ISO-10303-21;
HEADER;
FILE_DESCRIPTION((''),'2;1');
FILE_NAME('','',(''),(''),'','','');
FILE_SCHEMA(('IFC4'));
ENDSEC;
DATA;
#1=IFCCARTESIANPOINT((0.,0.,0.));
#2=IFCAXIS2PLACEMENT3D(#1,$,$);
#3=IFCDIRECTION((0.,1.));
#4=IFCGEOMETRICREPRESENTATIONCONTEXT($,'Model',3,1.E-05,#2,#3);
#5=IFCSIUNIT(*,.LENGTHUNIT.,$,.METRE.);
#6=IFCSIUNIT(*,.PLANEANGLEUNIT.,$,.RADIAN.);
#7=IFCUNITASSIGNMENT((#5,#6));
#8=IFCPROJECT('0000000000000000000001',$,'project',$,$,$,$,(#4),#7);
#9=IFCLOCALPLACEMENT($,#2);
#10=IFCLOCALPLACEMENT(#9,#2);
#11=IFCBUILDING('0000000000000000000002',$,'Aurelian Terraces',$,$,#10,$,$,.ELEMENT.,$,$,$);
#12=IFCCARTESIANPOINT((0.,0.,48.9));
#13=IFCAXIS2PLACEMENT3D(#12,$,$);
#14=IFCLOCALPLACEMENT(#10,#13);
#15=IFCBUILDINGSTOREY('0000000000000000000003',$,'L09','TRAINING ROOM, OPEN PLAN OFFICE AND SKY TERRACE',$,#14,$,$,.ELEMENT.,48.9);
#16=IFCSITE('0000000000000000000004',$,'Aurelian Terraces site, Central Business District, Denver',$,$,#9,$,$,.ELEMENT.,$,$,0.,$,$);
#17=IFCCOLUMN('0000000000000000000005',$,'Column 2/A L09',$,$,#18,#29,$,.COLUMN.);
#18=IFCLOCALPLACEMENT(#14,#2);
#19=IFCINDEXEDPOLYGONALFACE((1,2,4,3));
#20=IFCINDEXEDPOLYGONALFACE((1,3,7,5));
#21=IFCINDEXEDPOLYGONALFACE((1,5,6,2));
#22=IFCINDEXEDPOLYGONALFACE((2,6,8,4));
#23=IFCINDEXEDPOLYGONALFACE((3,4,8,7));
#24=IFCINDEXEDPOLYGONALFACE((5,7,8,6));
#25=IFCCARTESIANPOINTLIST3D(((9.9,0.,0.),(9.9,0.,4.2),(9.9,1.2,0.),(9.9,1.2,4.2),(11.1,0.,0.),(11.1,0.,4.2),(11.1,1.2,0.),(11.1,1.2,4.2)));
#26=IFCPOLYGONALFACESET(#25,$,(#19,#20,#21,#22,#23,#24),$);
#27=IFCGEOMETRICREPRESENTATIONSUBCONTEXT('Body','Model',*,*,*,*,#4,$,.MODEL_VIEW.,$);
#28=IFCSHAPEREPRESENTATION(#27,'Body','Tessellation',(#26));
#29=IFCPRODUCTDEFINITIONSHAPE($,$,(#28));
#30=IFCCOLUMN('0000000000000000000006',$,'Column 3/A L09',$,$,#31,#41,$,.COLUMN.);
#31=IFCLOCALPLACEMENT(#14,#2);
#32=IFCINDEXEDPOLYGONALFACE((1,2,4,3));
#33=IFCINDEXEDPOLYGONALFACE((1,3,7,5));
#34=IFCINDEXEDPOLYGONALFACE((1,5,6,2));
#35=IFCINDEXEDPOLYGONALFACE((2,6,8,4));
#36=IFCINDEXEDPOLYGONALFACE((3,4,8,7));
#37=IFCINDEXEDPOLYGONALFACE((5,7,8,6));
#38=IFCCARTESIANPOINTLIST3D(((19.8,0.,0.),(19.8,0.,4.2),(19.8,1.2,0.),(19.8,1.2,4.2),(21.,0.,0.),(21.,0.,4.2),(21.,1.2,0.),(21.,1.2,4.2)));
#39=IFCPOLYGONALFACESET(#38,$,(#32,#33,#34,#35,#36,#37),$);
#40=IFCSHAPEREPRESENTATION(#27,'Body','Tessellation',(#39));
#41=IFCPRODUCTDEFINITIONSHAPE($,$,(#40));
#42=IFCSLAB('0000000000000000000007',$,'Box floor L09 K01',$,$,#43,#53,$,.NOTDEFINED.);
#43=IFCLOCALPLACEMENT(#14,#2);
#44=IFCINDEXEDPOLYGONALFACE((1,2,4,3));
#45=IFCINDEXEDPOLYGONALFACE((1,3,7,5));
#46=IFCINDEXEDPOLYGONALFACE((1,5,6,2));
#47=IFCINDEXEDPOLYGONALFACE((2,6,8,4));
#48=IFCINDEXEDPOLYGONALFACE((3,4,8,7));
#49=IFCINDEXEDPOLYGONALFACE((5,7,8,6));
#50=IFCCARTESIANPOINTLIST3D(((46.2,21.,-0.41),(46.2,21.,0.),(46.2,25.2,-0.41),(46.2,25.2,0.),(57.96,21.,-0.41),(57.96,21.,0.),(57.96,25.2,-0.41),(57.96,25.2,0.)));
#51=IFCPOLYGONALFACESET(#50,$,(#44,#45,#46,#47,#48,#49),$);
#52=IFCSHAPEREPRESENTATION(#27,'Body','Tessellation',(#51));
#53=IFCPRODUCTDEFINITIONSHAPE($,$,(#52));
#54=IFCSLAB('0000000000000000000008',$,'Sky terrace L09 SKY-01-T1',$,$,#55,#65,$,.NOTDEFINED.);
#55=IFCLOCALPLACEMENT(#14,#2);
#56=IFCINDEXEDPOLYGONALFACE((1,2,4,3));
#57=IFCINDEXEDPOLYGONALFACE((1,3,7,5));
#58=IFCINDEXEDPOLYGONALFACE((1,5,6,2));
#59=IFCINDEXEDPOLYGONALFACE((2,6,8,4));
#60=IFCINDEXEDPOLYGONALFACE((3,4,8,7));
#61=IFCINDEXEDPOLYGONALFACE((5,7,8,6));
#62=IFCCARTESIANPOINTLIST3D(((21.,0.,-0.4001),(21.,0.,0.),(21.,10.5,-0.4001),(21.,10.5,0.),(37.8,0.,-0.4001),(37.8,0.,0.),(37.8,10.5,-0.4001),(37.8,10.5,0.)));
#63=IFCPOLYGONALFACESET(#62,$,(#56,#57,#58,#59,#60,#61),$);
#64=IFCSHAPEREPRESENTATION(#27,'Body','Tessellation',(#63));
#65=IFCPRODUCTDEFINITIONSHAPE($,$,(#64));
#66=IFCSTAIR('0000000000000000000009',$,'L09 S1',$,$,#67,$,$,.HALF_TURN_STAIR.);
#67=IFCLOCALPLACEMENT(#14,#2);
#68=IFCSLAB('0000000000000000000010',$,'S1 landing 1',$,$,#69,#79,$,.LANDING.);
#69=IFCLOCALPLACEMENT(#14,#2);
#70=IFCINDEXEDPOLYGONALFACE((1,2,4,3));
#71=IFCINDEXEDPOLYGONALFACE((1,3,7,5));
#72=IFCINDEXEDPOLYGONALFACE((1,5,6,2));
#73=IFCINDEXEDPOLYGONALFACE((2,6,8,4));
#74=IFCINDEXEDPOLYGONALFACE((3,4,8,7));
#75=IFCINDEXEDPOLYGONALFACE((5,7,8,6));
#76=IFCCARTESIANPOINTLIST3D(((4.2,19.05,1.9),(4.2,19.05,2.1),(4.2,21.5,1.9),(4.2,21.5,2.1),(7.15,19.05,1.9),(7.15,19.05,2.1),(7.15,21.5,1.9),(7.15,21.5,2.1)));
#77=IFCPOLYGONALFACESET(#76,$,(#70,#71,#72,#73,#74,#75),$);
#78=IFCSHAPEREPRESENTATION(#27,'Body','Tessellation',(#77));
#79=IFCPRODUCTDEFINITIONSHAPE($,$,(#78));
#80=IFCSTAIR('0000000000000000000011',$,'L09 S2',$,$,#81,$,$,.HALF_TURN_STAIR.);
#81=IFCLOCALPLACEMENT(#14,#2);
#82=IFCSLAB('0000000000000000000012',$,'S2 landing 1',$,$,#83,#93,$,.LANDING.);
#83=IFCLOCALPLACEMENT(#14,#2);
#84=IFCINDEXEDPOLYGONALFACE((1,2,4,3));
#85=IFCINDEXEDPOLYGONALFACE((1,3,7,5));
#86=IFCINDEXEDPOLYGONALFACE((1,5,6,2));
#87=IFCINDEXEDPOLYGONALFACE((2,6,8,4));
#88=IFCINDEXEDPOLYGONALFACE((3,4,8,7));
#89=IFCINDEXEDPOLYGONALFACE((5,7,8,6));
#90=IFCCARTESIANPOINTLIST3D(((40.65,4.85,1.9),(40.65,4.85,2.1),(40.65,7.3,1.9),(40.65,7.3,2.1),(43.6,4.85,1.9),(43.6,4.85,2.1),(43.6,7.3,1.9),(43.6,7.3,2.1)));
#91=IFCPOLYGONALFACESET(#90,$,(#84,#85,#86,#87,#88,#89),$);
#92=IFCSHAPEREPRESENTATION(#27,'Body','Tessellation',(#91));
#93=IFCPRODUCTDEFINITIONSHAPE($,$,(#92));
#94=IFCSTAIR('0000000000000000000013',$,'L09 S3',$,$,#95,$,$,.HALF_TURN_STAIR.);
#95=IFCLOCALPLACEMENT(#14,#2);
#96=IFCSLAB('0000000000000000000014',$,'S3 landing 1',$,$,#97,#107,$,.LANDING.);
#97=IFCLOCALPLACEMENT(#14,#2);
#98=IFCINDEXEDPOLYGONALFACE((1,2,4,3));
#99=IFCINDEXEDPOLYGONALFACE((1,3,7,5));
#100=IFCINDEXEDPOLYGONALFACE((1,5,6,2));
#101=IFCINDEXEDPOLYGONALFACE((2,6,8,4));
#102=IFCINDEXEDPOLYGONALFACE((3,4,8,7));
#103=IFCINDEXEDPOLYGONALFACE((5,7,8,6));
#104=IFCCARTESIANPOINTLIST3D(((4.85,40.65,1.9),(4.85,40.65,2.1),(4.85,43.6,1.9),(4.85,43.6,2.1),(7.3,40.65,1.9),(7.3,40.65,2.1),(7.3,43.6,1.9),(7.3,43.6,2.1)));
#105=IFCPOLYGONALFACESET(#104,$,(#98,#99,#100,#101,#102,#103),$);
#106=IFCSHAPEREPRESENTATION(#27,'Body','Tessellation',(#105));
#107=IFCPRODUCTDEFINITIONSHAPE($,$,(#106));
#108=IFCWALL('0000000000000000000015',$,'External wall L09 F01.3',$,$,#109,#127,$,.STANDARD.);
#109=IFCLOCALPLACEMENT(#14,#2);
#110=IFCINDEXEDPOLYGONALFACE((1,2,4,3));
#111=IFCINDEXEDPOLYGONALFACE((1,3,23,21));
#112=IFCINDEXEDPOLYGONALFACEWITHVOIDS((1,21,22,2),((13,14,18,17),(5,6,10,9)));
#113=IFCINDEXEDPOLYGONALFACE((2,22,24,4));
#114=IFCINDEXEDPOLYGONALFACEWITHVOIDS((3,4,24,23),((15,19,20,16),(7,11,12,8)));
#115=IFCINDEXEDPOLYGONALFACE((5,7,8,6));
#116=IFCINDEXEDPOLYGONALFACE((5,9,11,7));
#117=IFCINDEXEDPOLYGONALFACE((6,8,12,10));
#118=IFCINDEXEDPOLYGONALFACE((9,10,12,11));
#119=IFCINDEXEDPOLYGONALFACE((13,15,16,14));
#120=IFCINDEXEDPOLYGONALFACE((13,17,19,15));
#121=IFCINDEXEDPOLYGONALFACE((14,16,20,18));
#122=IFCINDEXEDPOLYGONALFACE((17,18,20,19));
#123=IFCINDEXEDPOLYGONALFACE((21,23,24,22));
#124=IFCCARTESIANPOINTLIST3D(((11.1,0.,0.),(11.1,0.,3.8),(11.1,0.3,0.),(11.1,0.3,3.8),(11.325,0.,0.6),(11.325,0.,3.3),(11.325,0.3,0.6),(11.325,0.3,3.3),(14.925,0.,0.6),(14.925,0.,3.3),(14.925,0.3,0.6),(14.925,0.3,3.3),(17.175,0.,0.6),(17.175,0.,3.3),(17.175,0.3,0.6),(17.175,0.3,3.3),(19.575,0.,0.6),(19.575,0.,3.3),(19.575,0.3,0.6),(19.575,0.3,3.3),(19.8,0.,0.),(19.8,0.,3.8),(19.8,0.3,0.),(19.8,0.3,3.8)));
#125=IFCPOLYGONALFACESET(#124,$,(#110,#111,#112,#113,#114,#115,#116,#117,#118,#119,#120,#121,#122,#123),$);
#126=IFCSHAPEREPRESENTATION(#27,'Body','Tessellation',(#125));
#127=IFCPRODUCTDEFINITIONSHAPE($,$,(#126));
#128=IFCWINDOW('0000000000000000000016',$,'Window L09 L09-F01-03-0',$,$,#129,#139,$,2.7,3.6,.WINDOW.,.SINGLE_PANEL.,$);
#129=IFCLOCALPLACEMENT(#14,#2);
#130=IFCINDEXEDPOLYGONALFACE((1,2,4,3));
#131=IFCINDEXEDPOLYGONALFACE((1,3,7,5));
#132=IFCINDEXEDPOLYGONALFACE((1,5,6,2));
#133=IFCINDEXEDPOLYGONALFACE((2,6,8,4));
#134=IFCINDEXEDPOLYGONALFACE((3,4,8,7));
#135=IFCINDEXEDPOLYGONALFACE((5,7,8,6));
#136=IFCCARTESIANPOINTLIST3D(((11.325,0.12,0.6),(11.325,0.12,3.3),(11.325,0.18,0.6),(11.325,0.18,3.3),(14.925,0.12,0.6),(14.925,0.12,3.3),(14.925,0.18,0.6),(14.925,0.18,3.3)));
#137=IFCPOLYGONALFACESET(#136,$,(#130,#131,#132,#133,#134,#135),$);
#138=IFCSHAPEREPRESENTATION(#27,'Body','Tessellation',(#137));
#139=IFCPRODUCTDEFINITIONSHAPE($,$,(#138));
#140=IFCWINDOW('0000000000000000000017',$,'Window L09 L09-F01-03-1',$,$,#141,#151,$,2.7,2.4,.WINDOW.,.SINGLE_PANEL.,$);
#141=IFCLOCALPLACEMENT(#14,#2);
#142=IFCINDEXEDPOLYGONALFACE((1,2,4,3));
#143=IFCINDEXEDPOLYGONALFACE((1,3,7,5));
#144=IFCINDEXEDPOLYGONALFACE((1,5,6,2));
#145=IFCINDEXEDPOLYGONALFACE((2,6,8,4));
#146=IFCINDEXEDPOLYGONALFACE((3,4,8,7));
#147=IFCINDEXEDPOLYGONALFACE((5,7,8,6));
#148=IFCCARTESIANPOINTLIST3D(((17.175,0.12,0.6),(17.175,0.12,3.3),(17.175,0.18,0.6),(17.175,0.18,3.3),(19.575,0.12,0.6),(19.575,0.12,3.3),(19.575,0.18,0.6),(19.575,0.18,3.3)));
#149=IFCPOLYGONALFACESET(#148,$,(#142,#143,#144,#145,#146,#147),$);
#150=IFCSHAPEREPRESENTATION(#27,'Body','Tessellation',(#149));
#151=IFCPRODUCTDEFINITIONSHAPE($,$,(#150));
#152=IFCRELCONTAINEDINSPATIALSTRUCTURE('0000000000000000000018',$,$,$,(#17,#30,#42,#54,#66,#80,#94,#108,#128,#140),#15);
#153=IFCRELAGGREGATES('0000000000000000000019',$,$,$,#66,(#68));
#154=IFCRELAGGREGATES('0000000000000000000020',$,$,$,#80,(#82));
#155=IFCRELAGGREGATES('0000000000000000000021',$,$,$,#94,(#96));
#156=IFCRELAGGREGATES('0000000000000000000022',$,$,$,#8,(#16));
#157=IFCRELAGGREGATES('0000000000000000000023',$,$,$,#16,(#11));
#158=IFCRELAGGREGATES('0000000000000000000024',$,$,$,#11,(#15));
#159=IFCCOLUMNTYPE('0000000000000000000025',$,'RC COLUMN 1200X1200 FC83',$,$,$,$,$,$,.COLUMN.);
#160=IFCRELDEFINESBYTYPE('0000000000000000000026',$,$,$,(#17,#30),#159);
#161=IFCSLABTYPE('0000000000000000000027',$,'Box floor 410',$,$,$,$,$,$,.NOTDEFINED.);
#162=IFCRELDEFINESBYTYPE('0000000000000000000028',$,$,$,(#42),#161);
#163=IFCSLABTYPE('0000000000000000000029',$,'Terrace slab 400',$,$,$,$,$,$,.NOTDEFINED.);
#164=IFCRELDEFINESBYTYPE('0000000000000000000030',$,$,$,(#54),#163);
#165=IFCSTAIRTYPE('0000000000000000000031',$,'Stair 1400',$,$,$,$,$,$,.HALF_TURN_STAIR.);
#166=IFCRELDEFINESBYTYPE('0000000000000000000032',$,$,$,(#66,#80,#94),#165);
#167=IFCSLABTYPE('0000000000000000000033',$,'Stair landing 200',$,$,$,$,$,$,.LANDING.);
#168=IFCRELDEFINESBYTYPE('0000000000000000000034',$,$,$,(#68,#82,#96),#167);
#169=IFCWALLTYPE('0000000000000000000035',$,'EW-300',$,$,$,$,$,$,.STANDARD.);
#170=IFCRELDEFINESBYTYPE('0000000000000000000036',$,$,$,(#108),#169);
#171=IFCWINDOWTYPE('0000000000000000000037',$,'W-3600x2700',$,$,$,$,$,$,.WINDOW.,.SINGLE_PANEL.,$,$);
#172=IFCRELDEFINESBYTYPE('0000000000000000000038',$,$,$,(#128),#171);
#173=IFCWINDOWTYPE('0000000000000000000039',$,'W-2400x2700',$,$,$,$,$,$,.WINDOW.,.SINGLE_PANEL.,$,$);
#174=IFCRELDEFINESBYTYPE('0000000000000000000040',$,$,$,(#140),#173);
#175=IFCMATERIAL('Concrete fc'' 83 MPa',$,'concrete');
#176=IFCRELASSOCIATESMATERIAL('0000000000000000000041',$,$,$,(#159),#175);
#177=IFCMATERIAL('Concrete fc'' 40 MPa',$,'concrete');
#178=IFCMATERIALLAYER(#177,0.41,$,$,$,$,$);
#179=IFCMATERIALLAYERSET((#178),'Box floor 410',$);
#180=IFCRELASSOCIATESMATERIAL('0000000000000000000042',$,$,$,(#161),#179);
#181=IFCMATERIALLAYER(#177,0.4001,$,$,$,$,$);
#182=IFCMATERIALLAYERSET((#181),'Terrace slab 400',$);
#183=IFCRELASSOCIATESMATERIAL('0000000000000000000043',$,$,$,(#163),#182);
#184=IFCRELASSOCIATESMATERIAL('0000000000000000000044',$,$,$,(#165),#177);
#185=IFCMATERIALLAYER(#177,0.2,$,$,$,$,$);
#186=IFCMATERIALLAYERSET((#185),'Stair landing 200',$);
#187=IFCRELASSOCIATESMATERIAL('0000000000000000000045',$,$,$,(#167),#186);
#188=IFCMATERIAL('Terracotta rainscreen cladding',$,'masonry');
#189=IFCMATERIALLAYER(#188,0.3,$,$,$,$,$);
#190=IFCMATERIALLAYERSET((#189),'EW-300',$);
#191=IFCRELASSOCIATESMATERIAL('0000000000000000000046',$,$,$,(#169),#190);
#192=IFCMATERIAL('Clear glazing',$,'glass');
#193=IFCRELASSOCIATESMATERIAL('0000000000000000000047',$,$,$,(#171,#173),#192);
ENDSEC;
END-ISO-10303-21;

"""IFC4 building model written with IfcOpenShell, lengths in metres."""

from ifc_helpers import new_model, si_unit, direction, frame, frame_2d, origin, origin_2d, place, context, subcontext, project, spatial, polyline, rectangle, outline, extrude, source, transform, mapped, material, layer, layer_set, material_profile, profile_set, type_object, element, fill, aggregate, save


model = new_model("IFC4")

# Units and contexts
model_context = context("Model", 3, precision=1e-05, world=origin(), true_north=direction((0.0, 1.0)))
body_context = subcontext(model_context, "Body", "Model", "MODEL_VIEW")
ifc_project = project(units=[si_unit("LENGTHUNIT", "METRE"), si_unit("PLANEANGLEUNIT", "RADIAN")], contexts=[model_context])

# Site, building, storey
site_placement = place(None, origin())
site = spatial("IfcSite", under=ifc_project, at=site_placement, Name="Aurelian Terraces site, Central Business District, Denver", CompositionType="ELEMENT", RefElevation=0.0)
building_placement = place(site_placement, origin())
building = spatial("IfcBuilding", under=site, at=building_placement, Name="Aurelian Terraces", CompositionType="ELEMENT")
storey_placement = place(building_placement, frame((0.0, 0.0, 48.9)))
storey = spatial("IfcBuildingStorey", under=building, at=storey_placement, Name="L09", Description="TRAINING ROOM, OPEN PLAN OFFICE AND SKY TERRACE", CompositionType="ELEMENT", Elevation=48.9)

# Columns
ifc_material_1 = material(Name="Concrete fc' 83 MPa", Category="concrete")
ifc_material_profile = material_profile(ifc_material_1, rectangle(XDim=1.2, YDim=1.2, at=origin_2d()))
ifc_profile_set = profile_set([ifc_material_profile], Name="Concrete fc' 83 MPa")
column_type = type_object("IfcColumnType", Name="RC COLUMN 1200X1200 FC83", PredefinedType="COLUMN", material=ifc_profile_set)
shared_shape_1 = source(origin(), body_context, "Body", "SweptSolid", [
    extrude(rectangle(XDim=1.2, YDim=1.2, at=origin_2d()), origin(), (0.0, 0.0, 1.0), 4.2),
])
for number, where, z_axis, x_axis, name in (
    (1, (10.5, 0.6, 0.0), (0.0, 0.0, 1.0), (1.0, 0.0, 0.0), "Column 2/A L09"),
    (2, (20.4, 0.6, 0.0), (0.0, 0.0, 1.0), (1.0, 0.0, 0.0), "Column 3/A L09"),
):
    element("IfcColumn", number, at=place(storey_placement, frame(where, z_axis=z_axis, x_axis=x_axis)), inside=storey, type_object=column_type, Name=name, PredefinedType="COLUMN", context=body_context, shape_type="MappedRepresentation", body=[
        mapped(shared_shape_1, transform((0.0, 0.0, 0.0), scale=1.0)),
    ])

# Slabs
ifc_material_2 = material(Name="Concrete fc' 40 MPa", Category="concrete")
ifc_layer_1 = layer(ifc_material_2, 0.41)
ifc_layer_set_1 = layer_set([ifc_layer_1], Name="Box floor 410")
slab_type_1 = type_object("IfcSlabType", Name="Box floor 410", PredefinedType="NOTDEFINED", material=ifc_layer_set_1)
slab_1_placement = place(storey_placement, frame((0.0, 0.0, -0.41)))
element("IfcSlab", 3, at=slab_1_placement, inside=storey, type_object=slab_type_1, Name="Box floor L09 K01", PredefinedType="NOTDEFINED", context=body_context, shape_type="SweptSolid", body=[
    extrude(outline(polyline([(57.96, 25.2), (46.2, 25.2), (46.2, 21.0), (57.96, 21.0), (57.96, 25.2)])), origin(), (0.0, 0.0, 1.0), 0.41),
])
ifc_layer_2 = layer(ifc_material_2, 0.4001)
ifc_layer_set_2 = layer_set([ifc_layer_2], Name="Terrace slab 400")
slab_type_2 = type_object("IfcSlabType", Name="Terrace slab 400", PredefinedType="NOTDEFINED", material=ifc_layer_set_2)
slab_2_placement = place(storey_placement, frame((0.0, 0.0, -0.4001)))
element("IfcSlab", 4, at=slab_2_placement, inside=storey, type_object=slab_type_2, Name="Sky terrace L09 SKY-01-T1", PredefinedType="NOTDEFINED", context=body_context, shape_type="SweptSolid", body=[
    extrude(outline(polyline([(37.8, 10.5), (37.8, 0.0), (21.0, 0.0), (21.0, 10.5), (37.8, 10.5)])), origin(), (0.0, 0.0, 1.0), 0.4001),
])

# Stairs, slabs
stair_type = type_object("IfcStairType", Name="Stair 1400", PredefinedType="HALF_TURN_STAIR", material=ifc_material_2)
stair_1_placement = place(storey_placement, origin())
stair_1 = element("IfcStair", 5, at=stair_1_placement, inside=storey, type_object=stair_type, Name="L09 S1", PredefinedType="HALF_TURN_STAIR")
ifc_layer_3 = layer(ifc_material_2, 0.2)
ifc_layer_set_3 = layer_set([ifc_layer_3], Name="Stair landing 200")
slab_type_3 = type_object("IfcSlabType", Name="Stair landing 200", PredefinedType="LANDING", material=ifc_layer_set_3)
shared_shape_2 = source(origin(), body_context, "Body", "SweptSolid", [
    extrude(outline(polyline([(7.15, 19.05), (7.15, 21.5), (4.2, 21.5), (4.2, 19.05), (7.15, 19.05)])), origin(), (0.0, 0.0, 1.0), 0.2),
])
slab_3_placement = place(storey_placement, frame((0.0, 0.0, 1.9)))
slab_3 = element("IfcSlab", 6, at=slab_3_placement, type_object=slab_type_3, Name="S1 landing 1", PredefinedType="LANDING", context=body_context, shape_type="MappedRepresentation", body=[
    mapped(shared_shape_2, transform((0.0, 0.0, 0.0), scale=1.0)),
])
aggregate(stair_1, [slab_3])
stair_2_placement = place(storey_placement, origin())
stair_2 = element("IfcStair", 7, at=stair_2_placement, inside=storey, type_object=stair_type, Name="L09 S2", PredefinedType="HALF_TURN_STAIR")
shared_shape_3 = source(origin(), body_context, "Body", "SweptSolid", [
    extrude(outline(polyline([(43.6, 4.85), (43.6, 7.3), (40.65, 7.3), (40.65, 4.85), (43.6, 4.85)])), origin(), (0.0, 0.0, 1.0), 0.2),
])
slab_4_placement = place(storey_placement, frame((0.0, 0.0, 1.9)))
slab_4 = element("IfcSlab", 8, at=slab_4_placement, type_object=slab_type_3, Name="S2 landing 1", PredefinedType="LANDING", context=body_context, shape_type="MappedRepresentation", body=[
    mapped(shared_shape_3, transform((0.0, 0.0, 0.0), scale=1.0)),
])
aggregate(stair_2, [slab_4])
stair_3_placement = place(storey_placement, origin())
stair_3 = element("IfcStair", 9, at=stair_3_placement, inside=storey, type_object=stair_type, Name="L09 S3", PredefinedType="HALF_TURN_STAIR")
shared_shape_4 = source(origin(), body_context, "Body", "SweptSolid", [
    extrude(outline(polyline([(4.85, 40.65), (7.3, 40.65), (7.3, 43.6), (4.85, 43.6), (4.85, 40.65)])), origin(), (0.0, 0.0, 1.0), 0.2),
])
slab_5_placement = place(storey_placement, frame((0.0, 0.0, 1.9)))
slab_5 = element("IfcSlab", 10, at=slab_5_placement, type_object=slab_type_3, Name="S3 landing 1", PredefinedType="LANDING", context=body_context, shape_type="MappedRepresentation", body=[
    mapped(shared_shape_4, transform((0.0, 0.0, 0.0), scale=1.0)),
])
aggregate(stair_3, [slab_5])

# Wall, openings, windows
ifc_material_3 = material(Name="Terracotta rainscreen cladding", Category="masonry")
ifc_layer_4 = layer(ifc_material_3, 0.3)
ifc_layer_set_4 = layer_set([ifc_layer_4], Name="EW-300")
wall_type_1 = type_object("IfcWallType", Name="EW-300", PredefinedType="STANDARD", material=ifc_layer_set_4)
wall_1_placement = place(storey_placement, frame((11.1, 0.15, 0.0), z_axis=(0.0, 0.0, 1.0), x_axis=(1.0, 0.0, 0.0)))
wall_1 = element("IfcWall", 11, at=wall_1_placement, inside=storey, type_object=wall_type_1, Name="External wall L09 F01.3", PredefinedType="STANDARD", context=body_context, shape_type="SweptSolid", body=[
    extrude(rectangle(XDim=8.7, YDim=0.3, at=frame_2d((4.35, 0.0))), origin(), (0.0, 0.0, 1.0), 3.8),
])
shared_shape_5 = source(origin(), body_context, "Body", "SweptSolid", [
    extrude(rectangle(XDim=3.6, YDim=2.7, at=frame_2d((1.8, 1.35))), frame((0.0, 0.16, 0.0), z_axis=(0.0, -1.0, 0.0), x_axis=(1.0, 0.0, 0.0)), (0.0, 0.0, 1.0), 0.32),
])
opening_1_placement = place(wall_1_placement, frame((0.225, 0.0, 0.6)))
opening_1 = element("IfcOpeningElement", 12, at=opening_1_placement, cuts=wall_1, PredefinedType="OPENING", context=body_context, shape_type="MappedRepresentation", body=[
    mapped(shared_shape_5, transform((0.0, 0.0, 0.0), scale=1.0)),
])
shared_shape_6 = source(origin(), body_context, "Body", "SweptSolid", [
    extrude(rectangle(XDim=2.4, YDim=2.7, at=frame_2d((1.2, 1.35))), frame((0.0, 0.16, 0.0), z_axis=(0.0, -1.0, 0.0), x_axis=(1.0, 0.0, 0.0)), (0.0, 0.0, 1.0), 0.32),
])
opening_2_placement = place(wall_1_placement, frame((6.075, 0.0, 0.6)))
opening_2 = element("IfcOpeningElement", 13, at=opening_2_placement, cuts=wall_1, PredefinedType="OPENING", context=body_context, shape_type="MappedRepresentation", body=[
    mapped(shared_shape_6, transform((0.0, 0.0, 0.0), scale=1.0)),
])
ifc_material_4 = material(Name="Clear glazing", Category="glass")
window_type_1 = type_object("IfcWindowType", Name="W-3600x2700", PartitioningType="SINGLE_PANEL", PredefinedType="WINDOW", material=ifc_material_4)
shared_shape_7 = source(origin(), body_context, "Body", "SweptSolid", [
    extrude(rectangle(XDim=3.6, YDim=2.7, at=frame_2d((1.8, 1.35))), frame((0.0, 0.03, 0.0), z_axis=(0.0, -1.0, 0.0), x_axis=(1.0, 0.0, 0.0)), (0.0, 0.0, 1.0), 0.06),
])
window_1_placement = place(opening_1_placement, origin())
window_1 = element("IfcWindow", 14, at=window_1_placement, inside=storey, type_object=window_type_1, Name="Window L09 L09-F01-03-0", OverallHeight=2.7, OverallWidth=3.6, PartitioningType="SINGLE_PANEL", PredefinedType="WINDOW", context=body_context, shape_type="MappedRepresentation", body=[
    mapped(shared_shape_7, transform((0.0, 0.0, 0.0), scale=1.0)),
])
fill(opening_1, window_1)
window_type_2 = type_object("IfcWindowType", Name="W-2400x2700", PartitioningType="SINGLE_PANEL", PredefinedType="WINDOW", material=ifc_material_4)
shared_shape_8 = source(origin(), body_context, "Body", "SweptSolid", [
    extrude(rectangle(XDim=2.4, YDim=2.7, at=frame_2d((1.2, 1.35))), frame((0.0, 0.03, 0.0), z_axis=(0.0, -1.0, 0.0), x_axis=(1.0, 0.0, 0.0)), (0.0, 0.0, 1.0), 0.06),
])
window_2_placement = place(opening_2_placement, origin())
window_2 = element("IfcWindow", 15, at=window_2_placement, inside=storey, type_object=window_type_2, Name="Window L09 L09-F01-03-1", OverallHeight=2.7, OverallWidth=2.4, PartitioningType="SINGLE_PANEL", PredefinedType="WINDOW", context=body_context, shape_type="MappedRepresentation", body=[
    mapped(shared_shape_8, transform((0.0, 0.0, 0.0), scale=1.0)),
])
fill(opening_2, window_2)

save(model, "model.ifc")
